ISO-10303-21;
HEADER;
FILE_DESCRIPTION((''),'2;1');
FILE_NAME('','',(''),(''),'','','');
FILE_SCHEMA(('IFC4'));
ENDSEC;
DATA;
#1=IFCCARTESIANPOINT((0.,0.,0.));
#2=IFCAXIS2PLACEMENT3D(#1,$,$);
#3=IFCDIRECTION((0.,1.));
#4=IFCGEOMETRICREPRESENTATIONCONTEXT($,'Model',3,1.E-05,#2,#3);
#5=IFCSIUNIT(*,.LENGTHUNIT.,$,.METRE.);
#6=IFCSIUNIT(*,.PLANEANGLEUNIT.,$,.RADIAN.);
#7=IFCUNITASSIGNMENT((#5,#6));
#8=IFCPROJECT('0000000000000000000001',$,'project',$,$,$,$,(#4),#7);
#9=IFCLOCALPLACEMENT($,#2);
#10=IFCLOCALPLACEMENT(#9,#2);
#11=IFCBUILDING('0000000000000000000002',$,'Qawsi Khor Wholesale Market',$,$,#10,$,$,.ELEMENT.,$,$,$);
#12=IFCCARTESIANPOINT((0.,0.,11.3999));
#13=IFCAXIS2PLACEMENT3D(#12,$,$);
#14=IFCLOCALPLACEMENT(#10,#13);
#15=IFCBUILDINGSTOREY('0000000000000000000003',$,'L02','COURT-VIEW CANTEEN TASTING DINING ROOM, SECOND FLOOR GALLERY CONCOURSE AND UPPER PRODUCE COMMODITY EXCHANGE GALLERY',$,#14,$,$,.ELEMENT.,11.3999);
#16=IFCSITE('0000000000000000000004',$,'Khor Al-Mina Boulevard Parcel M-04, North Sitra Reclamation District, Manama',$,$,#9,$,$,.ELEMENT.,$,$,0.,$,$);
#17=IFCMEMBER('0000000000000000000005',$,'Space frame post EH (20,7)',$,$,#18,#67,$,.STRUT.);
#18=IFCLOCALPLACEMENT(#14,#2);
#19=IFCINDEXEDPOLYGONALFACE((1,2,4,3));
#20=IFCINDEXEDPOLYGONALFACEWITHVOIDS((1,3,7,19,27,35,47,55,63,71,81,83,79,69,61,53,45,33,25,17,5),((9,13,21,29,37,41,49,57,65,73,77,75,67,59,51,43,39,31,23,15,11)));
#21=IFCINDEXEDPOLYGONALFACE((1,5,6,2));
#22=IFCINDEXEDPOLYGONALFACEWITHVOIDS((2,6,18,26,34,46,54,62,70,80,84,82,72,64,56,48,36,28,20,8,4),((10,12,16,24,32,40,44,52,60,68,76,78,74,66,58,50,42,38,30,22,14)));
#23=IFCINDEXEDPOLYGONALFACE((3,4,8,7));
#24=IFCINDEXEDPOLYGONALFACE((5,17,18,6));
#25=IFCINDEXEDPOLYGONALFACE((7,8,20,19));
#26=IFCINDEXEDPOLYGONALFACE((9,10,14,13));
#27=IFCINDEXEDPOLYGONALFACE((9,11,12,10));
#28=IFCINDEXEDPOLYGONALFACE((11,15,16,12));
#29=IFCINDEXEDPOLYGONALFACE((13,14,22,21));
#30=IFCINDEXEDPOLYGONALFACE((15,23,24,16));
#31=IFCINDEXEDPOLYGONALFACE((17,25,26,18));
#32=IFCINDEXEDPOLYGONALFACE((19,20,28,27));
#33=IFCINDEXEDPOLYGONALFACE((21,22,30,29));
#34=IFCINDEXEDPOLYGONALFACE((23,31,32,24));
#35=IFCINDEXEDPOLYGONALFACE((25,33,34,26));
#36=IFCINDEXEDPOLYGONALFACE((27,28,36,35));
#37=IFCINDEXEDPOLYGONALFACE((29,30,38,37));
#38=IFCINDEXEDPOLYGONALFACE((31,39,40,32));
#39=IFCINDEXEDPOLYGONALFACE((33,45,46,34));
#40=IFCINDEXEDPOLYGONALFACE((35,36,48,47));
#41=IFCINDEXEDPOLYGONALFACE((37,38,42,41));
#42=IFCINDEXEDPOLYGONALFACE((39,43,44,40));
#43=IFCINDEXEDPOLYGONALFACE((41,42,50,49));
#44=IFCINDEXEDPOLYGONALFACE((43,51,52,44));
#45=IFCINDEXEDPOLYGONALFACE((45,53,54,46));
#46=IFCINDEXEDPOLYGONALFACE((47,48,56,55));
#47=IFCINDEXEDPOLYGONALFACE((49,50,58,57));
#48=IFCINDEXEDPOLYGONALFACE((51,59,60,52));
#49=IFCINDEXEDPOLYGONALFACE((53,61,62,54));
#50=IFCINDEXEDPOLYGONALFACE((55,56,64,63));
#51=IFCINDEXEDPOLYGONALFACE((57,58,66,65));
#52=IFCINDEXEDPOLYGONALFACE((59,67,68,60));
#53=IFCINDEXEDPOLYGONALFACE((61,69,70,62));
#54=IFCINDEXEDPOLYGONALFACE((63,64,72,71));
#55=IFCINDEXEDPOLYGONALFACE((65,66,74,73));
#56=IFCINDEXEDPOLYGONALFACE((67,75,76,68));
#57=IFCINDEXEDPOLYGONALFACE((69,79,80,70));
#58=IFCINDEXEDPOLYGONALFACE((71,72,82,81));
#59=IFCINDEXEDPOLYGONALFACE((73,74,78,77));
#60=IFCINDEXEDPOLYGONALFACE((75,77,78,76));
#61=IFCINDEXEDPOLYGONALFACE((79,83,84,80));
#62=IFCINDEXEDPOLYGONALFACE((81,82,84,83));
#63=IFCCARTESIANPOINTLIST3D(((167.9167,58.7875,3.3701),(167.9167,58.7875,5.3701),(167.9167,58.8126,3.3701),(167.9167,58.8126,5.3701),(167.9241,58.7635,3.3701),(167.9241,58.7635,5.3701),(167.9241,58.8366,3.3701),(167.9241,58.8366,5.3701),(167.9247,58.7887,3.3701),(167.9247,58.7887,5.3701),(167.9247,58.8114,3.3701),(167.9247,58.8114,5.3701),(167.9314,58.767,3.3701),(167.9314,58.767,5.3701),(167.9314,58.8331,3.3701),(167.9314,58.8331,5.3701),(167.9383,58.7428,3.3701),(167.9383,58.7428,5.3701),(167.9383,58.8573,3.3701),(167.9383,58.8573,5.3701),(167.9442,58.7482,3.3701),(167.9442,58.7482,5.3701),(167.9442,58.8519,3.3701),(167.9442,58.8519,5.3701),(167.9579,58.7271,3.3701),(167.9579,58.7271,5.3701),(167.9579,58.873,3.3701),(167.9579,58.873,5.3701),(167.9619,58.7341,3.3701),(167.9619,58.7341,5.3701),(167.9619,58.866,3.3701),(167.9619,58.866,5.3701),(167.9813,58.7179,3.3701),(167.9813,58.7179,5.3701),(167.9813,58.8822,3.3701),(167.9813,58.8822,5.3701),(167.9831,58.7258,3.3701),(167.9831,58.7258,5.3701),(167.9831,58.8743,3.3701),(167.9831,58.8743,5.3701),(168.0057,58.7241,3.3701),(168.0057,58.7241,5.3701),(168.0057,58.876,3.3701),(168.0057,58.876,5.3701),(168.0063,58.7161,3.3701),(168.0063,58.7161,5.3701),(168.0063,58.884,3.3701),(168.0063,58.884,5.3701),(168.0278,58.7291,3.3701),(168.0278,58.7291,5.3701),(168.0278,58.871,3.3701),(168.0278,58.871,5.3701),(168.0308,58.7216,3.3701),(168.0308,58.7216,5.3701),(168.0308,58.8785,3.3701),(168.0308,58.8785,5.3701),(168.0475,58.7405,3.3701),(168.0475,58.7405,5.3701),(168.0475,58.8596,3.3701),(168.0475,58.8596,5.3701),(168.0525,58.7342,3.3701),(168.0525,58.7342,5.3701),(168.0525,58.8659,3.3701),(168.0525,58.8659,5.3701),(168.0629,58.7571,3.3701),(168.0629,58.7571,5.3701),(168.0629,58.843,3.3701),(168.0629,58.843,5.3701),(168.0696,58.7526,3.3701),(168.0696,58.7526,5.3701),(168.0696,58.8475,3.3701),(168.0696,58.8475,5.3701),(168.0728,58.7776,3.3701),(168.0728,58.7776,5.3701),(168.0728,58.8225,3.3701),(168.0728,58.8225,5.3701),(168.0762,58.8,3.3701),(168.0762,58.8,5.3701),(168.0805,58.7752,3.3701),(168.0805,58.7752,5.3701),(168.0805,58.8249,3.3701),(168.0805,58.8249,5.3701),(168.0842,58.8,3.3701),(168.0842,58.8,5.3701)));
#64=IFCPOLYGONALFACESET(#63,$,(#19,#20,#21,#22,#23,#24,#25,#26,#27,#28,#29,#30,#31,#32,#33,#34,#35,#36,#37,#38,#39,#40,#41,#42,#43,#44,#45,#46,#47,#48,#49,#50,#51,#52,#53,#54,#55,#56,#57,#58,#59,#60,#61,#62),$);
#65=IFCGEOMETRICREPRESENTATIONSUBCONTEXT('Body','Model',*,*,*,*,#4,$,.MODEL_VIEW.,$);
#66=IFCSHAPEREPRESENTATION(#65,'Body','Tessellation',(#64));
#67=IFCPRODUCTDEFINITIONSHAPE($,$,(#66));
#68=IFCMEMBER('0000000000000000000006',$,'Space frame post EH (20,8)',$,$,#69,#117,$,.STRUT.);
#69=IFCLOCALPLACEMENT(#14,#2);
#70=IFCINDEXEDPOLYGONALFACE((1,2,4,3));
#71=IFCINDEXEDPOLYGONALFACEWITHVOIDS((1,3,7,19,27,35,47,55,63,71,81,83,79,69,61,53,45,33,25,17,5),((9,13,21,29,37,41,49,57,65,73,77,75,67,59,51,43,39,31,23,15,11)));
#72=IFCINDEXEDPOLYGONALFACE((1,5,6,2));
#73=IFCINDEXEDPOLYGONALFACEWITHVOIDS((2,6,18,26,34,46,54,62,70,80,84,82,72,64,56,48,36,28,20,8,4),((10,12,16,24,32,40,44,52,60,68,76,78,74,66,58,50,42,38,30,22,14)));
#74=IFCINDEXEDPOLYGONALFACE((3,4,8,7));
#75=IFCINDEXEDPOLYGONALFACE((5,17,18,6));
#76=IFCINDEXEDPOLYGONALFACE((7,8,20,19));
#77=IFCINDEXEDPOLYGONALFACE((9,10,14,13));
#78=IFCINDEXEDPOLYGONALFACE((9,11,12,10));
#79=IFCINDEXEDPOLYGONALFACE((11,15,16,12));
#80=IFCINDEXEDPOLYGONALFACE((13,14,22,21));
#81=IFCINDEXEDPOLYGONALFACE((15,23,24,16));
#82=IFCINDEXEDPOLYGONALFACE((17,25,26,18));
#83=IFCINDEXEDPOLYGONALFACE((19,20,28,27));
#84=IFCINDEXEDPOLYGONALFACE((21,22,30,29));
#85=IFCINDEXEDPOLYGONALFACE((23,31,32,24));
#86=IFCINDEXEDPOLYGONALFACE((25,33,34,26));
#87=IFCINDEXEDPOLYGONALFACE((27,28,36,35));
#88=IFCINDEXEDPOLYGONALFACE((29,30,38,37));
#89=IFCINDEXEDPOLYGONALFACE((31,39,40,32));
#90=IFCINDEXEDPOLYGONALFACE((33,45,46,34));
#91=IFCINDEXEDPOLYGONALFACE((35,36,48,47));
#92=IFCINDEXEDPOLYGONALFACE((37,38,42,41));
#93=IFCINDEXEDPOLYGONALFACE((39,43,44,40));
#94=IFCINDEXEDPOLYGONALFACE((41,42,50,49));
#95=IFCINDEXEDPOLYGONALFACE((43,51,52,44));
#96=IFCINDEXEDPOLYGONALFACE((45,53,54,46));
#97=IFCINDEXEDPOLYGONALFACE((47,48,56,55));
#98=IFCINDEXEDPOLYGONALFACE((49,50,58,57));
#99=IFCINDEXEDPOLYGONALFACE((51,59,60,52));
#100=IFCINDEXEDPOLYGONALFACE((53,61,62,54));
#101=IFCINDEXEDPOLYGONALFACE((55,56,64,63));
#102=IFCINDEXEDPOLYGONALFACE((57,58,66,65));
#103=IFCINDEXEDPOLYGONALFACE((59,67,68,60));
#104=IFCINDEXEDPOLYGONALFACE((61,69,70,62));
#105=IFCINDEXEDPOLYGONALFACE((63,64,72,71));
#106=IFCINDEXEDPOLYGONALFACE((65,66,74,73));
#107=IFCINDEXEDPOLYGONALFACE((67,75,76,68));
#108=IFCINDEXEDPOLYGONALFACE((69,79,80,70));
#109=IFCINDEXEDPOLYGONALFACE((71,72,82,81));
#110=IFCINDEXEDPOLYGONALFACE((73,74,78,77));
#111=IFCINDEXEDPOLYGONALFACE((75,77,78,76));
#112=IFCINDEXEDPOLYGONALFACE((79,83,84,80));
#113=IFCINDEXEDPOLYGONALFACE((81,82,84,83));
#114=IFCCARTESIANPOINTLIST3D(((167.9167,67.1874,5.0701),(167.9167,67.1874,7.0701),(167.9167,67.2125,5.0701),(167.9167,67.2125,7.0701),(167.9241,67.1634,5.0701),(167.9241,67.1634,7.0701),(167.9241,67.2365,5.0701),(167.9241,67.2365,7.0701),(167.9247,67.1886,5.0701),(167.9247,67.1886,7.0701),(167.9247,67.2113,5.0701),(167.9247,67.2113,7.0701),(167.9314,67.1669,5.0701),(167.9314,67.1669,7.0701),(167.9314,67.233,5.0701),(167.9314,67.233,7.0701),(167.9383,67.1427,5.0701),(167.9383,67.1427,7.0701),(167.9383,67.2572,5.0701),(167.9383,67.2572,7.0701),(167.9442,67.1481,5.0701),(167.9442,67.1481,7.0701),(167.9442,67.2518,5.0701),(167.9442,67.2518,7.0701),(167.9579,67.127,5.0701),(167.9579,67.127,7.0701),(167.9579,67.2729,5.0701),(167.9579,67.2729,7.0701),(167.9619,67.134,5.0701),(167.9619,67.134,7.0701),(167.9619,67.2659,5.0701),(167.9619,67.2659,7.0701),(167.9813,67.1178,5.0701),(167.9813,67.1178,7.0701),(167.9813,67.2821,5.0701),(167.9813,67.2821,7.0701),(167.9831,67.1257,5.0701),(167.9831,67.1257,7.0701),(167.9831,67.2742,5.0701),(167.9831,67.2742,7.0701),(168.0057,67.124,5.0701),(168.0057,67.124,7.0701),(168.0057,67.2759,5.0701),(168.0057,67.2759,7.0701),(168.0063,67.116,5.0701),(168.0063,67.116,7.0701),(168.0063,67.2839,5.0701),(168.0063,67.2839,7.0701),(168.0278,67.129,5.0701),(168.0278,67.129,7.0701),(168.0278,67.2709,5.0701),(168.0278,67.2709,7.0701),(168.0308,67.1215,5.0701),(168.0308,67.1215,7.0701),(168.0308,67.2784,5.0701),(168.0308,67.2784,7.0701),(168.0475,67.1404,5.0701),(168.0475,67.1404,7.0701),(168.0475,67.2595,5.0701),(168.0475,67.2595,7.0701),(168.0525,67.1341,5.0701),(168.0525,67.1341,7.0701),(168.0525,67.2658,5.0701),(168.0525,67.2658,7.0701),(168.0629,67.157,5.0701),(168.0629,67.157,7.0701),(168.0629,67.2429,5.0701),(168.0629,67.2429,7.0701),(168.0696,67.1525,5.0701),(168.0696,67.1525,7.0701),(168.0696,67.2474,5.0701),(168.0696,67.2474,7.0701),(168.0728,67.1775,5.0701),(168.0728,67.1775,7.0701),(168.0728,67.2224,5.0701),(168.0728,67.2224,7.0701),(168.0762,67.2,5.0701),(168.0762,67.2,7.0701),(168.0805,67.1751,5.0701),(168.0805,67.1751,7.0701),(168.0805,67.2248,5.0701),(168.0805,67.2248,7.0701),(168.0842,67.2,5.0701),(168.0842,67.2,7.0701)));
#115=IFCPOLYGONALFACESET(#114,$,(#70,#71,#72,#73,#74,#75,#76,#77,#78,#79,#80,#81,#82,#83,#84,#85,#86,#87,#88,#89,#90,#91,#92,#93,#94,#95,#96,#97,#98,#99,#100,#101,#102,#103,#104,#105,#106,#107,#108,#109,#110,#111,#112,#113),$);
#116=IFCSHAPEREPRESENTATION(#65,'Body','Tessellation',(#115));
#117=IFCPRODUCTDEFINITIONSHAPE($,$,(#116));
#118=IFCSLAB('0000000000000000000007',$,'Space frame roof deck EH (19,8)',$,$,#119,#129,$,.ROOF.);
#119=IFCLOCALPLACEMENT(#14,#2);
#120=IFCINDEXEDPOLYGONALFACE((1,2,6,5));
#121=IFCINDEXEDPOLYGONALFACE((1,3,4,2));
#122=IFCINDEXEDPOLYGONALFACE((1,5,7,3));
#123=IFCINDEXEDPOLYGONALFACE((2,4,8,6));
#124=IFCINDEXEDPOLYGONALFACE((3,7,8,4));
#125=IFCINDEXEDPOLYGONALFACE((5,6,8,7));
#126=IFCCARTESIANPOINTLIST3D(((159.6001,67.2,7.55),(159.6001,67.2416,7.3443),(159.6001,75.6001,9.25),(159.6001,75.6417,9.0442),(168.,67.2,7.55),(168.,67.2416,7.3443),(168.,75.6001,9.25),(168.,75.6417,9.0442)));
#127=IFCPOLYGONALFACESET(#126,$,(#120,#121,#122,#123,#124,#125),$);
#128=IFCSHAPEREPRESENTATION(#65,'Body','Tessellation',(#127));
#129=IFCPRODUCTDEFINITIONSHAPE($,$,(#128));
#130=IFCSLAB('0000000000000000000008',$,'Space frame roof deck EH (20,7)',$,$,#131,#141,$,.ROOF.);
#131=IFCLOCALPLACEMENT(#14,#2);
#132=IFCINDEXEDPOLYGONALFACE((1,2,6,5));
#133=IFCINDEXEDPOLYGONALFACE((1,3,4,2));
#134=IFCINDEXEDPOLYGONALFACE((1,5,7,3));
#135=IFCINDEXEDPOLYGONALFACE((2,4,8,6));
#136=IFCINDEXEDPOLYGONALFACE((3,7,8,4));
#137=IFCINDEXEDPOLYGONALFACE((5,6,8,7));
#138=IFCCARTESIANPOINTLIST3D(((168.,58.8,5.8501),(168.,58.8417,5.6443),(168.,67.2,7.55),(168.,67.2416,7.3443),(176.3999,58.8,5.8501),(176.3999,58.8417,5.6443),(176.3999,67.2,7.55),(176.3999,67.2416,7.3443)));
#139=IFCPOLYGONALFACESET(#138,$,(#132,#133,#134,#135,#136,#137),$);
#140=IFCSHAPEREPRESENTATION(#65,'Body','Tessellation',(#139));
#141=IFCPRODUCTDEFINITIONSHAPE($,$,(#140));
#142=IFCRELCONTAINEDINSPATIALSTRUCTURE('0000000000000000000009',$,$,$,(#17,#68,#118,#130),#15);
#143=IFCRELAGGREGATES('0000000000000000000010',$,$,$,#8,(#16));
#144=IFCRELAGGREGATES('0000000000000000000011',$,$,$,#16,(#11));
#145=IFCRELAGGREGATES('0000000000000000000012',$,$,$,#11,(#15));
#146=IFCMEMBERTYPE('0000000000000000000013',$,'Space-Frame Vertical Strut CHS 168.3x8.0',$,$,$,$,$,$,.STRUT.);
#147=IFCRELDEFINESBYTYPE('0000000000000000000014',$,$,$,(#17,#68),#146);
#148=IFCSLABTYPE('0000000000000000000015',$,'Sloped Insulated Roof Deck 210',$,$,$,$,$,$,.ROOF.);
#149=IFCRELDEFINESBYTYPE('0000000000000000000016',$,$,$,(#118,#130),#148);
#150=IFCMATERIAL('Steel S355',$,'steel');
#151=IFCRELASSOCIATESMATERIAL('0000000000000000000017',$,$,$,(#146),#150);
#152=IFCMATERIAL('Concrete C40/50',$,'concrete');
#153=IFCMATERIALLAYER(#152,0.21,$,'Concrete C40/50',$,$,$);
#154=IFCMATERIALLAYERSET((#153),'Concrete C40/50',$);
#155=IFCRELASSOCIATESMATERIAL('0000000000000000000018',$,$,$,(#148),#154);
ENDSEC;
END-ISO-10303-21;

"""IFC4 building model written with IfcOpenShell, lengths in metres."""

from ifc_helpers import new_model, si_unit, direction, frame, origin, origin_2d, place, context, subcontext, project, spatial, polyline, hollow_circle, outline, extrude, material, layer, layer_set, material_profile, profile_set, type_object, element, save


model = new_model("IFC4")

# Units and contexts
model_context = context("Model", 3, precision=1e-05, world=origin(), true_north=direction((0.0, 1.0)))
body_context = subcontext(model_context, "Body", "Model", "MODEL_VIEW")
ifc_project = project(units=[si_unit("LENGTHUNIT", "METRE"), si_unit("PLANEANGLEUNIT", "RADIAN")], contexts=[model_context])

# Site, building, storey
site_placement = place(None, origin())
site = spatial("IfcSite", under=ifc_project, at=site_placement, Name="Khor Al-Mina Boulevard Parcel M-04, North Sitra Reclamation District, Manama", CompositionType="ELEMENT", RefElevation=0.0)
building_placement = place(site_placement, origin())
building = spatial("IfcBuilding", under=site, at=building_placement, Name="Qawsi Khor Wholesale Market", CompositionType="ELEMENT")
storey_placement = place(building_placement, frame((0.0, 0.0, 11.3999)))
storey = spatial("IfcBuildingStorey", under=building, at=storey_placement, Name="L02", Description="COURT-VIEW CANTEEN TASTING DINING ROOM, SECOND FLOOR GALLERY CONCOURSE AND UPPER PRODUCE COMMODITY EXCHANGE GALLERY", CompositionType="ELEMENT", Elevation=11.3999)

# Members
ifc_material_1 = material(Name="Steel S355", Category="steel")
ifc_material_profile_1 = material_profile(ifc_material_1, hollow_circle(Radius=0.0842, WallThickness=0.0081, at=origin_2d()), Name="CHS 168.3x8.0")
ifc_profile_set_1 = profile_set([ifc_material_profile_1], Name="Steel S355")
member_type_1 = type_object("IfcMemberType", Name="Space-Frame Vertical Strut CHS 168.3x8.0", PredefinedType="STRUT", material=ifc_profile_set_1)
for number, where, z_axis, x_axis, name in (
    (1, (168.0, 58.8, 3.3701), (0.0, 0.0, 1.0), (1.0, 0.0, 0.0), "Space frame post EH (20,7)"),
    (2, (168.0, 67.2, 5.0701), (0.0, 0.0, 1.0), (1.0, 0.0, 0.0), "Space frame post EH (20,8)"),
):
    element("IfcMember", number, at=place(storey_placement, frame(where, z_axis=z_axis, x_axis=x_axis)), inside=storey, type_object=member_type_1, Name=name, PredefinedType="STRUT", context=body_context, shape_type="SweptSolid", body=[
        extrude(hollow_circle(Radius=0.0842, WallThickness=0.0081, at=origin_2d()), origin(), (0.0, 0.0, 1.0), 2.0),
    ])

# Slabs
ifc_material_2 = material(Name="Concrete C40/50", Category="concrete")
ifc_layer = layer(ifc_material_2, 0.21, Name="Concrete C40/50")
ifc_layer_set = layer_set([ifc_layer], Name="Concrete C40/50")
slab_type = type_object("IfcSlabType", Name="Sloped Insulated Roof Deck 210", PredefinedType="ROOF", material=ifc_layer_set)
slab_1_placement = place(storey_placement, frame((159.6001, 67.2, 7.55), z_axis=(0.0, -0.198351, 0.980131), x_axis=(1.0, 0.0, 0.0)))
element("IfcSlab", 3, at=slab_1_placement, inside=storey, type_object=slab_type, Name="Space frame roof deck EH (19,8)", PredefinedType="ROOF", context=body_context, shape_type="SweptSolid", body=[
    extrude(outline(polyline([(0.0, 0.0), (8.3999, 0.0), (8.3999, 8.5704), (0.0, 8.5704), (0.0, 0.0)])), origin(), (0.0, 0.0, -1.0), 0.21),
])
slab_2_placement = place(storey_placement, frame((168.0, 58.8, 5.8501), z_axis=(0.0, -0.198356, 0.98013), x_axis=(1.0, 0.0, 0.0)))
element("IfcSlab", 4, at=slab_2_placement, inside=storey, type_object=slab_type, Name="Space frame roof deck EH (20,7)", PredefinedType="ROOF", context=body_context, shape_type="SweptSolid", body=[
    extrude(outline(polyline([(0.0, 0.0), (8.3999, 0.0), (8.3999, 8.5702), (0.0, 8.5702), (0.0, 0.0)])), origin(), (0.0, 0.0, -1.0), 0.21),
])

save(model, "model.ifc")
